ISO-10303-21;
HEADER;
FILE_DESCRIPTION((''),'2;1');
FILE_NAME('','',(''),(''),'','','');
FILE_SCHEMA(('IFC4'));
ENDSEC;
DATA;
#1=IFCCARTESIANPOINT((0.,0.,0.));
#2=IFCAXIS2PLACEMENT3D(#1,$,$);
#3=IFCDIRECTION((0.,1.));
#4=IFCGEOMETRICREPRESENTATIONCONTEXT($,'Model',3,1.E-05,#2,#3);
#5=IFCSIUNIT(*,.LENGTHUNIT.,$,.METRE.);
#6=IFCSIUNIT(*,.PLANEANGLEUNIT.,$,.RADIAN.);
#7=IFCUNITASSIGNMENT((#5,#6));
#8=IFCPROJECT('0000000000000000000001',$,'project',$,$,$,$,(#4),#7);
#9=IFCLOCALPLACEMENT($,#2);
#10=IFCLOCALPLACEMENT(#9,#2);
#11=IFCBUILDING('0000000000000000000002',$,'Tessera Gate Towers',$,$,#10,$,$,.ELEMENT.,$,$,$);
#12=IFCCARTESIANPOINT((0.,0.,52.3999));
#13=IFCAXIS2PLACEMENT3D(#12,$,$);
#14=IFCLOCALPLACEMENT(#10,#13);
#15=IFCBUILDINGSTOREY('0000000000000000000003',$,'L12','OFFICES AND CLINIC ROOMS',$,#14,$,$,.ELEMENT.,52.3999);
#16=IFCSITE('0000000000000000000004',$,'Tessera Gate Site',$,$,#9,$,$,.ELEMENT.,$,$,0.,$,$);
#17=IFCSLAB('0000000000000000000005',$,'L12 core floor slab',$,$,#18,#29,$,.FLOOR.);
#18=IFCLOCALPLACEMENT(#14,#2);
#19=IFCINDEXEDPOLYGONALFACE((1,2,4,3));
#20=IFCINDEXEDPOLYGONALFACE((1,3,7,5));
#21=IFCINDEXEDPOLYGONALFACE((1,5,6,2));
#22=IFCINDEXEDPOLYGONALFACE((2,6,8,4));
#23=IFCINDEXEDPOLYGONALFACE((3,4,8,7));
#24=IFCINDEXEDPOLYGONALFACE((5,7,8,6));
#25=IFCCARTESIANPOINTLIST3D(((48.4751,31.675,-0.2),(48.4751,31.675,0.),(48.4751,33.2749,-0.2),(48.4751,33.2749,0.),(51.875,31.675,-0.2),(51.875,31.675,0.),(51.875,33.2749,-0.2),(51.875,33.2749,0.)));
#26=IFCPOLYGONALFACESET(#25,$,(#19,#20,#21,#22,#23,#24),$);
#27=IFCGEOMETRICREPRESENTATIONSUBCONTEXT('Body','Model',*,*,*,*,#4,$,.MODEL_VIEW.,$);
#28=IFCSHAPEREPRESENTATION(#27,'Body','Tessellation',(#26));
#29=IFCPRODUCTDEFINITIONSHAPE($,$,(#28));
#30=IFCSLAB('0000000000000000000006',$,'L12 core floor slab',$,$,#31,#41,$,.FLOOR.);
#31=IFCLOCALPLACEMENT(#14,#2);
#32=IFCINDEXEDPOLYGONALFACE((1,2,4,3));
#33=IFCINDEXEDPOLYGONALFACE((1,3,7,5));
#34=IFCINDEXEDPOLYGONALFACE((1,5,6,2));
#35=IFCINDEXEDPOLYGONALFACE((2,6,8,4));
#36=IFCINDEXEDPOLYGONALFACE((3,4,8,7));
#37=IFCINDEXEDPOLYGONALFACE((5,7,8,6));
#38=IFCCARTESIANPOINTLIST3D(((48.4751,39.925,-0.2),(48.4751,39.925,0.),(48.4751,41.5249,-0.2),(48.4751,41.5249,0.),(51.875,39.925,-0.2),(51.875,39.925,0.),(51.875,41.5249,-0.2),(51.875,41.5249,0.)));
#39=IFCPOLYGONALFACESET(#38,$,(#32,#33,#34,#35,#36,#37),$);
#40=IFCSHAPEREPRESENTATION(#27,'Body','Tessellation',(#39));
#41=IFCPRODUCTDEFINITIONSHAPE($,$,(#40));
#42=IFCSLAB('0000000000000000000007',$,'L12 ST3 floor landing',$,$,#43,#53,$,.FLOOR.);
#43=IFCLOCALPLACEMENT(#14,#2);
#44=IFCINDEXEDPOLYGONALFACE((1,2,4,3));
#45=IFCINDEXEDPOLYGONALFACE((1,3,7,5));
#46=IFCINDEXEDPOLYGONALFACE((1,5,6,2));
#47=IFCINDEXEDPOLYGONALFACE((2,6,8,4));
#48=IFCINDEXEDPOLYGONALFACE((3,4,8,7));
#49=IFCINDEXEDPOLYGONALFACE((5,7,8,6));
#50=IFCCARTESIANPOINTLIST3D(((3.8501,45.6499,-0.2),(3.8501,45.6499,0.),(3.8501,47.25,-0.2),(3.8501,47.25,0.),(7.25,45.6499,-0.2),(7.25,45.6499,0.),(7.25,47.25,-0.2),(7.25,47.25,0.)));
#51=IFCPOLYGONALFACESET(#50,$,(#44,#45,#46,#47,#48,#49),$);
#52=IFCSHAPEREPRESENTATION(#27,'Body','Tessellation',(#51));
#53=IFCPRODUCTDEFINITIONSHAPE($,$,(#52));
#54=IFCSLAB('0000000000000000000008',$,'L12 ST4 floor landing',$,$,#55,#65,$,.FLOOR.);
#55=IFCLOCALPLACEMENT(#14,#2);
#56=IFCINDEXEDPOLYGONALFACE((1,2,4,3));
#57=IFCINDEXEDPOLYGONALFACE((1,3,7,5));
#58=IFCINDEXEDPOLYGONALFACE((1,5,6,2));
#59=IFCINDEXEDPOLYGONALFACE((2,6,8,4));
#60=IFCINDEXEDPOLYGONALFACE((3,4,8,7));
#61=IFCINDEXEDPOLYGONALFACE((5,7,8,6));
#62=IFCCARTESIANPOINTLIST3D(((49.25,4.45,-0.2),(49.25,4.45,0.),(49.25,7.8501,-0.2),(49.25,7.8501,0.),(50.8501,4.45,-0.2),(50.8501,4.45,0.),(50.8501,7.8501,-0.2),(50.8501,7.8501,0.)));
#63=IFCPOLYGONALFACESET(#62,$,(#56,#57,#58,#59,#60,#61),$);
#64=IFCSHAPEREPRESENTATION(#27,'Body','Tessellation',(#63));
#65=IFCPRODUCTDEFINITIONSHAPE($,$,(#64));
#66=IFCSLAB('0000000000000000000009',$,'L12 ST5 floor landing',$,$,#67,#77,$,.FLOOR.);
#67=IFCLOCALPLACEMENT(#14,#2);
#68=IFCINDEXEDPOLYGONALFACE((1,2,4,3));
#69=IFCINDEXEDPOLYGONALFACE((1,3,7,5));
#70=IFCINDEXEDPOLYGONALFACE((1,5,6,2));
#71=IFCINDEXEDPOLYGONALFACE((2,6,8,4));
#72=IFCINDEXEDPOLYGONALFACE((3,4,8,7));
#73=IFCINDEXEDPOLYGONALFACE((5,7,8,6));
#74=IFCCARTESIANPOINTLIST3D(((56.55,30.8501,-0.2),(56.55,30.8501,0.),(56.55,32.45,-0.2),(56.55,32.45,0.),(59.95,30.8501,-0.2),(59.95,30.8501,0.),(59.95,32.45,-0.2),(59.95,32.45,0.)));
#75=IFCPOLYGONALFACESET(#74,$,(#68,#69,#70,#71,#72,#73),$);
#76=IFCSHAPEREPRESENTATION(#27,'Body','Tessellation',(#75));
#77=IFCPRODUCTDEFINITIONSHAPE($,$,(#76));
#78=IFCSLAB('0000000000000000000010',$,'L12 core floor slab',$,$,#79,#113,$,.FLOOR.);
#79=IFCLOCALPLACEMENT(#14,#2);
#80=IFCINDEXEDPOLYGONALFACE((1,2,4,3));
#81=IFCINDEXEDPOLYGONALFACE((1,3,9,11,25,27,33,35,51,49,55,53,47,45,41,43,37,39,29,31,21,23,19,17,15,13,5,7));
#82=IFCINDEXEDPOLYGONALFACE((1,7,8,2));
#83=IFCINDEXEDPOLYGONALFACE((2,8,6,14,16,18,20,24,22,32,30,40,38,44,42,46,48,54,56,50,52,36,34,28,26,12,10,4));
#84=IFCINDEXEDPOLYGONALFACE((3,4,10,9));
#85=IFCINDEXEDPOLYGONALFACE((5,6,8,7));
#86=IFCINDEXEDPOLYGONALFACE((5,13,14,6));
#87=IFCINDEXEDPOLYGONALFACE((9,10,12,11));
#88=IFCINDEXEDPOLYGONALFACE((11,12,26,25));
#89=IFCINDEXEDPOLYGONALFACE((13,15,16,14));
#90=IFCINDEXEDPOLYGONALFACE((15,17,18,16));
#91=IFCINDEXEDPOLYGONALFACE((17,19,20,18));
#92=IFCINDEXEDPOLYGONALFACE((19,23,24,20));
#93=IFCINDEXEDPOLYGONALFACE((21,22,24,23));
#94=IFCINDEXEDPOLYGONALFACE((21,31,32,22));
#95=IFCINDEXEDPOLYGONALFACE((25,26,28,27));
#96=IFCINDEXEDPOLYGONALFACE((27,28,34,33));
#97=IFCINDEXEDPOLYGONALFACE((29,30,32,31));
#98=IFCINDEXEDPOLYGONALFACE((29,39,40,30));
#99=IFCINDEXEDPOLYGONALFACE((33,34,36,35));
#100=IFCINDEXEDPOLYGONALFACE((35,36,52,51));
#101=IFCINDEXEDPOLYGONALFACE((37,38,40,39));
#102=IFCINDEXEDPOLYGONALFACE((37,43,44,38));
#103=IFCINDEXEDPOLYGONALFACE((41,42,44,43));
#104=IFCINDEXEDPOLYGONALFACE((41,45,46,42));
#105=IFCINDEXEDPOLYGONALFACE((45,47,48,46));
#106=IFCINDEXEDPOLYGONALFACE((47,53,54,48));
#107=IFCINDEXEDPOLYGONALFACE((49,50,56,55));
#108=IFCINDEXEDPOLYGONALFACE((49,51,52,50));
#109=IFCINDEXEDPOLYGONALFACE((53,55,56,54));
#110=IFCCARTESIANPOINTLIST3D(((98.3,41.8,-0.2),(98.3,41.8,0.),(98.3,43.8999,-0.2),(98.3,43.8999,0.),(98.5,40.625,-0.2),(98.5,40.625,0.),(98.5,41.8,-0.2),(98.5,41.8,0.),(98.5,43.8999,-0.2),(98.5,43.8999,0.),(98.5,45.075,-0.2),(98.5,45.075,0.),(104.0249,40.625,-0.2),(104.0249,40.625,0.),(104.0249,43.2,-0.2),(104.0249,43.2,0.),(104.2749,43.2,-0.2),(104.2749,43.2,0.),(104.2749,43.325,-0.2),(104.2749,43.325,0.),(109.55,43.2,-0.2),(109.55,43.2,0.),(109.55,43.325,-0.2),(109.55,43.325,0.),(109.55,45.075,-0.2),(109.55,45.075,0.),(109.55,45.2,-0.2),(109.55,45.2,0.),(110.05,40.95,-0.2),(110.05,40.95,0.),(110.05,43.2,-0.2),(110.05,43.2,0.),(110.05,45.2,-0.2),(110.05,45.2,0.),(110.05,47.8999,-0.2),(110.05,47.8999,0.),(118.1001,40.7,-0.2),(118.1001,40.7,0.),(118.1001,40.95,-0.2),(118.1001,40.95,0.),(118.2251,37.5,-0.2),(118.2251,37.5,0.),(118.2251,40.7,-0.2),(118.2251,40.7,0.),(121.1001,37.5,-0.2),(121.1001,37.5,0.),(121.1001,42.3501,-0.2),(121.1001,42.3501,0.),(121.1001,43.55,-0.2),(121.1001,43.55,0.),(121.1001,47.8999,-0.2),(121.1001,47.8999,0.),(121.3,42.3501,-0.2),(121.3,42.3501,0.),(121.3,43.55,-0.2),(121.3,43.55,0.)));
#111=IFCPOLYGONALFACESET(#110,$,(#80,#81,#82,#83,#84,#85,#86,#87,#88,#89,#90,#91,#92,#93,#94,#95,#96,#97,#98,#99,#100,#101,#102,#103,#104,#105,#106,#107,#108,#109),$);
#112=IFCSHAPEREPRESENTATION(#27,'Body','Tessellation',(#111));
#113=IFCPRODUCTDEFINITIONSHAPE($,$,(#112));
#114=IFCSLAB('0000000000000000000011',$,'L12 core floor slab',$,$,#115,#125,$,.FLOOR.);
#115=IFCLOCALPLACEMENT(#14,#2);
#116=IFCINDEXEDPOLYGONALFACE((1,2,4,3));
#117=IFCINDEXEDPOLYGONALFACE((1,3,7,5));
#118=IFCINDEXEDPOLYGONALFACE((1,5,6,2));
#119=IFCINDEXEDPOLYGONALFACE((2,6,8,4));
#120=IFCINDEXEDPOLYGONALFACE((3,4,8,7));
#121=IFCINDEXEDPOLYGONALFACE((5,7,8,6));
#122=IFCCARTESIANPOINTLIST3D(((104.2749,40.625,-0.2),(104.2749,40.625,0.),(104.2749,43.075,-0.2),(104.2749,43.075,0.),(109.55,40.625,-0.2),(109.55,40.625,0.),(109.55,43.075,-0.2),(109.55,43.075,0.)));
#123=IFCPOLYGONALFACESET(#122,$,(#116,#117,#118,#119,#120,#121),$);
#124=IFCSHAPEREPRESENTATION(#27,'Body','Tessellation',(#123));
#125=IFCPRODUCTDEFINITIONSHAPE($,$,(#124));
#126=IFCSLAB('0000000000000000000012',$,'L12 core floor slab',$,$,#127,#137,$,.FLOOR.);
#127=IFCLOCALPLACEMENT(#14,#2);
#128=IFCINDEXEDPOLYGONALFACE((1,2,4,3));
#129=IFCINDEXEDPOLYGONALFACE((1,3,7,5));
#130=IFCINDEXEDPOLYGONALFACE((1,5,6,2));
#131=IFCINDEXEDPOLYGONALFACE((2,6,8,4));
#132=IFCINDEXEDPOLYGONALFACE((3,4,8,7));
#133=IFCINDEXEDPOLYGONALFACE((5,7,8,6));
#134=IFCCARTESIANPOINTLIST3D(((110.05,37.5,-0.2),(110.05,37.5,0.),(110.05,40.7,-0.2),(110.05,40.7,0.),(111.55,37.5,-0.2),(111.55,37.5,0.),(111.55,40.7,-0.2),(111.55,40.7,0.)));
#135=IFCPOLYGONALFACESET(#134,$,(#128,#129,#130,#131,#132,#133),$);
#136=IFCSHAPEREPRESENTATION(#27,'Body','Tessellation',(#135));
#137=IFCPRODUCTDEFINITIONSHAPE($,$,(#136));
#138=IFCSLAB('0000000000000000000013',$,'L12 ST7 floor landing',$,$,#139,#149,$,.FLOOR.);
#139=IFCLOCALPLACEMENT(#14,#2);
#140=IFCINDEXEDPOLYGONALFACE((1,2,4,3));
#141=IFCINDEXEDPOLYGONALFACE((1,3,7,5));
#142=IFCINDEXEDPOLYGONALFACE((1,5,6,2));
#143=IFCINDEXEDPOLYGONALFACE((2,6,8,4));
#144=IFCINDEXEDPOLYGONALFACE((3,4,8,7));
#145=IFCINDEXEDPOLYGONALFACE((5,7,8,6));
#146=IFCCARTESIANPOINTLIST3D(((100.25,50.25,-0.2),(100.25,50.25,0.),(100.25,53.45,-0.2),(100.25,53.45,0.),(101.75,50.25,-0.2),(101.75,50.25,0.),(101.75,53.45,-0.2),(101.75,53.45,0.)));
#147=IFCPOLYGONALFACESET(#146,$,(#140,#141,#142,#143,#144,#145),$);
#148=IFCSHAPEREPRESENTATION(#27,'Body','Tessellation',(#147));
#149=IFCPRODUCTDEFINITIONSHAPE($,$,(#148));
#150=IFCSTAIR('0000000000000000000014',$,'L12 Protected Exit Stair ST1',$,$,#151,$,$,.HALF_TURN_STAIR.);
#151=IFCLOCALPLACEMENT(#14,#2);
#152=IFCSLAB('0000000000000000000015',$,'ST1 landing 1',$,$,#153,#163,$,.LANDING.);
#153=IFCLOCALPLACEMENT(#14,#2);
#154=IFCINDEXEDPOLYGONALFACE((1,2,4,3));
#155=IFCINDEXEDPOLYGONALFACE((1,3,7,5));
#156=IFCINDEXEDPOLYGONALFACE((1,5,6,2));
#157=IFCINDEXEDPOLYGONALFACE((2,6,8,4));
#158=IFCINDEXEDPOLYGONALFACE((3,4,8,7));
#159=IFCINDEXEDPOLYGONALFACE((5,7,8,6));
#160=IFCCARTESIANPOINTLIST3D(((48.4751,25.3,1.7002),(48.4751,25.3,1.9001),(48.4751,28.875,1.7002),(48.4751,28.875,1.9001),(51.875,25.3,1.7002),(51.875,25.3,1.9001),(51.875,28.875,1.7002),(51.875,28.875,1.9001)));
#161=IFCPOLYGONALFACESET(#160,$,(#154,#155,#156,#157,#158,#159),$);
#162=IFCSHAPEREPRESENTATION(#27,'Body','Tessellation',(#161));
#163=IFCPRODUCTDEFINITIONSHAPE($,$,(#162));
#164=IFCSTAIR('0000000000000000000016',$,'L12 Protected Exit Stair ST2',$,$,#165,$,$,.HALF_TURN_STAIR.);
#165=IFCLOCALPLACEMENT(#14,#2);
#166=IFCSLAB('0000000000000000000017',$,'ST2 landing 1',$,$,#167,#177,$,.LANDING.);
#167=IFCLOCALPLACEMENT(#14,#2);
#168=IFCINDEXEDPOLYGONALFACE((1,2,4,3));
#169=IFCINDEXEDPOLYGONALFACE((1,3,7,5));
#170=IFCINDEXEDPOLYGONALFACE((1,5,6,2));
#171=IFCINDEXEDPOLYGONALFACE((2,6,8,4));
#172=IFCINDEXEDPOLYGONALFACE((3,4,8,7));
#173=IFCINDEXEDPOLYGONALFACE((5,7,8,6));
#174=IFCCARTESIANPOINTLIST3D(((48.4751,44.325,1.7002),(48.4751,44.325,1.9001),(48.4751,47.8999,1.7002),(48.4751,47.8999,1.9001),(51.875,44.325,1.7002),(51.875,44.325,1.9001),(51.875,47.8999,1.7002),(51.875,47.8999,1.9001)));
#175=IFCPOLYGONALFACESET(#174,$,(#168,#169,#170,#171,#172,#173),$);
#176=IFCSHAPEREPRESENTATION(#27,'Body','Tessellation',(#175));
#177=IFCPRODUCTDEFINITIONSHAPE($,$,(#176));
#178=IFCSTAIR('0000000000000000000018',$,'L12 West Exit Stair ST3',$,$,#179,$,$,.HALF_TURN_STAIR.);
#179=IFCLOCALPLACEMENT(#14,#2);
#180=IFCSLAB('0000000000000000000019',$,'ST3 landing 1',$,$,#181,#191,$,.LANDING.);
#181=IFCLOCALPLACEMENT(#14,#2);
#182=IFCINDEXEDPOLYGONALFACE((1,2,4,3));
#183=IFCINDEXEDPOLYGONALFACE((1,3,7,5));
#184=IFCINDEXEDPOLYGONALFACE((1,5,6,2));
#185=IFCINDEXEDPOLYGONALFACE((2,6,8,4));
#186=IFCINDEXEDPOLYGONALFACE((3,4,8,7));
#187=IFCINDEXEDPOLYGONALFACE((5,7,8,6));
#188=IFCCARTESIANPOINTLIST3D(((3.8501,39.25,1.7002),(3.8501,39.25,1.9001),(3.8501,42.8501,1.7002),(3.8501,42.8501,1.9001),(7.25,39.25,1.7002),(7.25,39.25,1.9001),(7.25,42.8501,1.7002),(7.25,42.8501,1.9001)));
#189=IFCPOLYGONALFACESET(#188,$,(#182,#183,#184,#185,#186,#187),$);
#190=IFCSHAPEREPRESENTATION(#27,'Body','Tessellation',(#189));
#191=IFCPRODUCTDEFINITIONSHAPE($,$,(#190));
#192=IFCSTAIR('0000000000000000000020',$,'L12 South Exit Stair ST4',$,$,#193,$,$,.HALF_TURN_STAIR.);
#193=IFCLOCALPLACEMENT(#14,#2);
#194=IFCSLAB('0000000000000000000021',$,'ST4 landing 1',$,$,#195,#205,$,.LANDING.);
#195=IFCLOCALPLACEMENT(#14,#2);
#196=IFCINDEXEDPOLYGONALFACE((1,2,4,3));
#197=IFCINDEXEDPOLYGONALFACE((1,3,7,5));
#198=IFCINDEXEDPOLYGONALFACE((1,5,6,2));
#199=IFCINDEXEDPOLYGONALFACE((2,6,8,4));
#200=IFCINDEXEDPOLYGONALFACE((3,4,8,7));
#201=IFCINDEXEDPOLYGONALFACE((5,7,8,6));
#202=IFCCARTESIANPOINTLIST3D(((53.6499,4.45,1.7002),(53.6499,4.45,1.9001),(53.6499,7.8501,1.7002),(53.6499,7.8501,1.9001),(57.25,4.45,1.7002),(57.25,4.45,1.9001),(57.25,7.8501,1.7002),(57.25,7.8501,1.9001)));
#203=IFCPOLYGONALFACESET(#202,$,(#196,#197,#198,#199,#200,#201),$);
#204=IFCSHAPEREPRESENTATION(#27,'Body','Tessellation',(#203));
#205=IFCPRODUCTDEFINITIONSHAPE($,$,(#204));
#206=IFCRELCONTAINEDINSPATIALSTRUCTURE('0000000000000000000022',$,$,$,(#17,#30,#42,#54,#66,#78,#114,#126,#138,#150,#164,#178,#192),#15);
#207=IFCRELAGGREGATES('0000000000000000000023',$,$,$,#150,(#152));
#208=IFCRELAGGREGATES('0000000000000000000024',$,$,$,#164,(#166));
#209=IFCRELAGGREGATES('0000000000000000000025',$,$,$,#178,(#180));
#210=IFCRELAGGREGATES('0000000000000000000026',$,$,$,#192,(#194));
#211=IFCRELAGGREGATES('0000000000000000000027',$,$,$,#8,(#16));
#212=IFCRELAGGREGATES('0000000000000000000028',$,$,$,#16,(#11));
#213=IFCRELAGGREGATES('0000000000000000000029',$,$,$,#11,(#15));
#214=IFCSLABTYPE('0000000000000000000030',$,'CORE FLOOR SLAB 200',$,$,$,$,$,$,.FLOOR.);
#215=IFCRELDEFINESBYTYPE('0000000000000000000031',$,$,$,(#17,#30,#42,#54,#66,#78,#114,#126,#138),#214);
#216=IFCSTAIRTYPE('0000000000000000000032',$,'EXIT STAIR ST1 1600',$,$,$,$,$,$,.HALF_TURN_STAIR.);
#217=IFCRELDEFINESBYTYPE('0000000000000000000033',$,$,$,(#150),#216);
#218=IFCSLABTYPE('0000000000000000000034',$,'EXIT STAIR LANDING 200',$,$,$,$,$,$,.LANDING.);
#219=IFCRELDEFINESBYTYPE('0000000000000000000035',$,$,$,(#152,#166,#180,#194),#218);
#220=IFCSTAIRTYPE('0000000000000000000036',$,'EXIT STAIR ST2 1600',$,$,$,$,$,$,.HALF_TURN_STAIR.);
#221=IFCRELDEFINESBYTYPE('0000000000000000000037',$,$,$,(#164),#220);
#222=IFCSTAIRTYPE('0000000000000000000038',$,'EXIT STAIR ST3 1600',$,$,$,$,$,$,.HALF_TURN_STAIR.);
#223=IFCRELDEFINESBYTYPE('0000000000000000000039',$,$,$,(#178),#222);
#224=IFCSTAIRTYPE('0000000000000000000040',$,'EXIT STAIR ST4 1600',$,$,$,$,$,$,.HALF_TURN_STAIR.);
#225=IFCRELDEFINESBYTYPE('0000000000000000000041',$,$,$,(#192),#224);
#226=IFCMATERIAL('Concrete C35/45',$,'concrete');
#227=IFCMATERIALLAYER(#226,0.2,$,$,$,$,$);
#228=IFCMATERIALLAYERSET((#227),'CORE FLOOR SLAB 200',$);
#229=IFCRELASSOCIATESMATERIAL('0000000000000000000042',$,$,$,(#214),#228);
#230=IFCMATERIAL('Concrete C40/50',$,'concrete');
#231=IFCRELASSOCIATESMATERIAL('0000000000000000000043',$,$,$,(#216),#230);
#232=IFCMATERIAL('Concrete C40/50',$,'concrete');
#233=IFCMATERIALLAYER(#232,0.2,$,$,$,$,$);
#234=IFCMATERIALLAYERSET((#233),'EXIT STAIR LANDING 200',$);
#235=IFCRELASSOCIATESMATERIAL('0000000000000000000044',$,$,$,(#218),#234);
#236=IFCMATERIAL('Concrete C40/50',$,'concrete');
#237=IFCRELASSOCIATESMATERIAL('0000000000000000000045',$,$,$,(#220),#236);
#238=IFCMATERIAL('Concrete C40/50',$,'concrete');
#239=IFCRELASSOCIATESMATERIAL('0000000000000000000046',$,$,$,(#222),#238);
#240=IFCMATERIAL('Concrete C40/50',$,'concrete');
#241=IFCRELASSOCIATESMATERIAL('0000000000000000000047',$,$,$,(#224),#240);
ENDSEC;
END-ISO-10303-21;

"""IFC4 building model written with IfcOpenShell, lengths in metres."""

from ifc_helpers import new_model, si_unit, direction, frame, origin, place, context, subcontext, project, spatial, polyline, outline, extrude, material, layer, layer_set, type_object, element, aggregate, save


model = new_model("IFC4")

# Units and contexts
model_context = context("Model", 3, precision=1e-05, world=origin(), true_north=direction((0.0, 1.0)))
body_context = subcontext(model_context, "Body", "Model", "MODEL_VIEW")
ifc_project = project(units=[si_unit("LENGTHUNIT", "METRE"), si_unit("PLANEANGLEUNIT", "RADIAN")], contexts=[model_context])

# Site, building, storey
site_placement = place(None, origin())
site = spatial("IfcSite", under=ifc_project, at=site_placement, Name="Tessera Gate Site", CompositionType="ELEMENT", RefElevation=0.0)
building_placement = place(site_placement, origin())
building = spatial("IfcBuilding", under=site, at=building_placement, Name="Tessera Gate Towers", CompositionType="ELEMENT")
storey_placement = place(building_placement, frame((0.0, 0.0, 52.3999)))
storey = spatial("IfcBuildingStorey", under=building, at=storey_placement, Name="L12", Description="OFFICES AND CLINIC ROOMS", CompositionType="ELEMENT", Elevation=52.3999)

# Slabs
ifc_material_1 = material(Name="Concrete C35/45", Category="concrete")
ifc_layer_1 = layer(ifc_material_1, 0.2)
ifc_layer_set_1 = layer_set([ifc_layer_1], Name="CORE FLOOR SLAB 200")
slab_type_1 = type_object("IfcSlabType", Name="CORE FLOOR SLAB 200", PredefinedType="FLOOR", material=ifc_layer_set_1)
slab_1_placement = place(storey_placement, frame((0.0, 0.0, -0.2)))
element("IfcSlab", 1, at=slab_1_placement, inside=storey, type_object=slab_type_1, Name="L12 core floor slab", PredefinedType="FLOOR", context=body_context, shape_type="SweptSolid", body=[
    extrude(outline(polyline([(51.875, 31.675), (51.875, 33.2749), (48.4751, 33.2749), (48.4751, 31.675), (51.875, 31.675)])), origin(), (0.0, 0.0, 1.0), 0.2),
])
slab_2_placement = place(storey_placement, frame((0.0, 0.0, -0.2)))
element("IfcSlab", 2, at=slab_2_placement, inside=storey, type_object=slab_type_1, Name="L12 core floor slab", PredefinedType="FLOOR", context=body_context, shape_type="SweptSolid", body=[
    extrude(outline(polyline([(48.4751, 41.5249), (48.4751, 39.925), (51.875, 39.925), (51.875, 41.5249), (48.4751, 41.5249)])), origin(), (0.0, 0.0, 1.0), 0.2),
])
slab_3_placement = place(storey_placement, frame((0.0, 0.0, -0.2)))
element("IfcSlab", 3, at=slab_3_placement, inside=storey, type_object=slab_type_1, Name="L12 ST3 floor landing", PredefinedType="FLOOR", context=body_context, shape_type="SweptSolid", body=[
    extrude(outline(polyline([(3.8501, 47.25), (3.8501, 45.6499), (7.25, 45.6499), (7.25, 47.25), (3.8501, 47.25)])), origin(), (0.0, 0.0, 1.0), 0.2),
])
slab_4_placement = place(storey_placement, frame((0.0, 0.0, -0.2)))
element("IfcSlab", 4, at=slab_4_placement, inside=storey, type_object=slab_type_1, Name="L12 ST4 floor landing", PredefinedType="FLOOR", context=body_context, shape_type="SweptSolid", body=[
    extrude(outline(polyline([(49.25, 4.45), (50.8501, 4.45), (50.8501, 7.8501), (49.25, 7.8501), (49.25, 4.45)])), origin(), (0.0, 0.0, 1.0), 0.2),
])
slab_5_placement = place(storey_placement, frame((0.0, 0.0, -0.2)))
element("IfcSlab", 5, at=slab_5_placement, inside=storey, type_object=slab_type_1, Name="L12 ST5 floor landing", PredefinedType="FLOOR", context=body_context, shape_type="SweptSolid", body=[
    extrude(outline(polyline([(59.95, 30.8501), (59.95, 32.45), (56.55, 32.45), (56.55, 30.8501), (59.95, 30.8501)])), origin(), (0.0, 0.0, 1.0), 0.2),
])
slab_6_placement = place(storey_placement, frame((0.0, 0.0, -0.2)))
element("IfcSlab", 6, at=slab_6_placement, inside=storey, type_object=slab_type_1, Name="L12 core floor slab", PredefinedType="FLOOR", context=body_context, shape_type="SweptSolid", body=[
    extrude(outline(polyline([(109.55, 45.2), (109.55, 45.075), (98.5, 45.075), (98.5, 43.8999), (98.3, 43.8999), (98.3, 41.8), (98.5, 41.8), (98.5, 40.625), (104.0249, 40.625), (104.0249, 43.2), (104.2749, 43.2), (104.2749, 43.325), (109.55, 43.325), (109.55, 43.2), (110.05, 43.2), (110.05, 40.95), (118.1001, 40.95), (118.1001, 40.7), (118.2251, 40.7), (118.2251, 37.5), (121.1001, 37.5), (121.1001, 42.3501), (121.3, 42.3501), (121.3, 43.55), (121.1001, 43.55), (121.1001, 47.8999), (110.05, 47.8999), (110.05, 45.2), (109.55, 45.2)])), origin(), (0.0, 0.0, 1.0), 0.2),
])
slab_7_placement = place(storey_placement, frame((0.0, 0.0, -0.2)))
element("IfcSlab", 7, at=slab_7_placement, inside=storey, type_object=slab_type_1, Name="L12 core floor slab", PredefinedType="FLOOR", context=body_context, shape_type="SweptSolid", body=[
    extrude(outline(polyline([(109.55, 43.075), (104.2749, 43.075), (104.2749, 40.625), (109.55, 40.625), (109.55, 43.075)])), origin(), (0.0, 0.0, 1.0), 0.2),
])
slab_8_placement = place(storey_placement, frame((0.0, 0.0, -0.2)))
element("IfcSlab", 8, at=slab_8_placement, inside=storey, type_object=slab_type_1, Name="L12 core floor slab", PredefinedType="FLOOR", context=body_context, shape_type="SweptSolid", body=[
    extrude(outline(polyline([(111.55, 37.5), (111.55, 40.7), (110.05, 40.7), (110.05, 37.5), (111.55, 37.5)])), origin(), (0.0, 0.0, 1.0), 0.2),
])
slab_9_placement = place(storey_placement, frame((0.0, 0.0, -0.2)))
element("IfcSlab", 9, at=slab_9_placement, inside=storey, type_object=slab_type_1, Name="L12 ST7 floor landing", PredefinedType="FLOOR", context=body_context, shape_type="SweptSolid", body=[
    extrude(outline(polyline([(100.25, 50.25), (101.75, 50.25), (101.75, 53.45), (100.25, 53.45), (100.25, 50.25)])), origin(), (0.0, 0.0, 1.0), 0.2),
])

# Stairs, slabs
ifc_material_2 = material(Name="Concrete C40/50", Category="concrete")
stair_type_1 = type_object("IfcStairType", Name="EXIT STAIR ST1 1600", PredefinedType="HALF_TURN_STAIR", material=ifc_material_2)
stair_1_placement = place(storey_placement, origin())
stair_1 = element("IfcStair", 10, at=stair_1_placement, inside=storey, type_object=stair_type_1, Name="L12 Protected Exit Stair ST1", PredefinedType="HALF_TURN_STAIR")
ifc_material_3 = material(Name="Concrete C40/50", Category="concrete")
ifc_layer_2 = layer(ifc_material_3, 0.2)
ifc_layer_set_2 = layer_set([ifc_layer_2], Name="EXIT STAIR LANDING 200")
slab_type_2 = type_object("IfcSlabType", Name="EXIT STAIR LANDING 200", PredefinedType="LANDING", material=ifc_layer_set_2)
slab_10_placement = place(storey_placement, frame((0.0, 0.0, 1.7002)))
slab_10 = element("IfcSlab", 11, at=slab_10_placement, type_object=slab_type_2, Name="ST1 landing 1", PredefinedType="LANDING", context=body_context, shape_type="SweptSolid", body=[
    extrude(outline(polyline([(48.4751, 28.875), (48.4751, 25.3), (51.875, 25.3), (51.875, 28.875), (48.4751, 28.875)])), origin(), (0.0, 0.0, 1.0), 0.2),
])
aggregate(stair_1, [slab_10])
ifc_material_4 = material(Name="Concrete C40/50", Category="concrete")
stair_type_2 = type_object("IfcStairType", Name="EXIT STAIR ST2 1600", PredefinedType="HALF_TURN_STAIR", material=ifc_material_4)
stair_2_placement = place(storey_placement, origin())
stair_2 = element("IfcStair", 12, at=stair_2_placement, inside=storey, type_object=stair_type_2, Name="L12 Protected Exit Stair ST2", PredefinedType="HALF_TURN_STAIR")
slab_11_placement = place(storey_placement, frame((0.0, 0.0, 1.7002)))
slab_11 = element("IfcSlab", 13, at=slab_11_placement, type_object=slab_type_2, Name="ST2 landing 1", PredefinedType="LANDING", context=body_context, shape_type="SweptSolid", body=[
    extrude(outline(polyline([(51.875, 44.325), (51.875, 47.8999), (48.4751, 47.8999), (48.4751, 44.325), (51.875, 44.325)])), origin(), (0.0, 0.0, 1.0), 0.2),
])
aggregate(stair_2, [slab_11])
ifc_material_5 = material(Name="Concrete C40/50", Category="concrete")
stair_type_3 = type_object("IfcStairType", Name="EXIT STAIR ST3 1600", PredefinedType="HALF_TURN_STAIR", material=ifc_material_5)
stair_3_placement = place(storey_placement, origin())
stair_3 = element("IfcStair", 14, at=stair_3_placement, inside=storey, type_object=stair_type_3, Name="L12 West Exit Stair ST3", PredefinedType="HALF_TURN_STAIR")
slab_12_placement = place(storey_placement, frame((0.0, 0.0, 1.7002)))
slab_12 = element("IfcSlab", 15, at=slab_12_placement, type_object=slab_type_2, Name="ST3 landing 1", PredefinedType="LANDING", context=body_context, shape_type="SweptSolid", body=[
    extrude(outline(polyline([(3.8501, 42.8501), (3.8501, 39.25), (7.25, 39.25), (7.25, 42.8501), (3.8501, 42.8501)])), origin(), (0.0, 0.0, 1.0), 0.2),
])
aggregate(stair_3, [slab_12])
ifc_material_6 = material(Name="Concrete C40/50", Category="concrete")
stair_type_4 = type_object("IfcStairType", Name="EXIT STAIR ST4 1600", PredefinedType="HALF_TURN_STAIR", material=ifc_material_6)
stair_4_placement = place(storey_placement, origin())
stair_4 = element("IfcStair", 16, at=stair_4_placement, inside=storey, type_object=stair_type_4, Name="L12 South Exit Stair ST4", PredefinedType="HALF_TURN_STAIR")
slab_13_placement = place(storey_placement, frame((0.0, 0.0, 1.7002)))
slab_13 = element("IfcSlab", 17, at=slab_13_placement, type_object=slab_type_2, Name="ST4 landing 1", PredefinedType="LANDING", context=body_context, shape_type="SweptSolid", body=[
    extrude(outline(polyline([(53.6499, 4.45), (57.25, 4.45), (57.25, 7.8501), (53.6499, 7.8501), (53.6499, 4.45)])), origin(), (0.0, 0.0, 1.0), 0.2),
])
aggregate(stair_4, [slab_13])

save(model, "model.ifc")
